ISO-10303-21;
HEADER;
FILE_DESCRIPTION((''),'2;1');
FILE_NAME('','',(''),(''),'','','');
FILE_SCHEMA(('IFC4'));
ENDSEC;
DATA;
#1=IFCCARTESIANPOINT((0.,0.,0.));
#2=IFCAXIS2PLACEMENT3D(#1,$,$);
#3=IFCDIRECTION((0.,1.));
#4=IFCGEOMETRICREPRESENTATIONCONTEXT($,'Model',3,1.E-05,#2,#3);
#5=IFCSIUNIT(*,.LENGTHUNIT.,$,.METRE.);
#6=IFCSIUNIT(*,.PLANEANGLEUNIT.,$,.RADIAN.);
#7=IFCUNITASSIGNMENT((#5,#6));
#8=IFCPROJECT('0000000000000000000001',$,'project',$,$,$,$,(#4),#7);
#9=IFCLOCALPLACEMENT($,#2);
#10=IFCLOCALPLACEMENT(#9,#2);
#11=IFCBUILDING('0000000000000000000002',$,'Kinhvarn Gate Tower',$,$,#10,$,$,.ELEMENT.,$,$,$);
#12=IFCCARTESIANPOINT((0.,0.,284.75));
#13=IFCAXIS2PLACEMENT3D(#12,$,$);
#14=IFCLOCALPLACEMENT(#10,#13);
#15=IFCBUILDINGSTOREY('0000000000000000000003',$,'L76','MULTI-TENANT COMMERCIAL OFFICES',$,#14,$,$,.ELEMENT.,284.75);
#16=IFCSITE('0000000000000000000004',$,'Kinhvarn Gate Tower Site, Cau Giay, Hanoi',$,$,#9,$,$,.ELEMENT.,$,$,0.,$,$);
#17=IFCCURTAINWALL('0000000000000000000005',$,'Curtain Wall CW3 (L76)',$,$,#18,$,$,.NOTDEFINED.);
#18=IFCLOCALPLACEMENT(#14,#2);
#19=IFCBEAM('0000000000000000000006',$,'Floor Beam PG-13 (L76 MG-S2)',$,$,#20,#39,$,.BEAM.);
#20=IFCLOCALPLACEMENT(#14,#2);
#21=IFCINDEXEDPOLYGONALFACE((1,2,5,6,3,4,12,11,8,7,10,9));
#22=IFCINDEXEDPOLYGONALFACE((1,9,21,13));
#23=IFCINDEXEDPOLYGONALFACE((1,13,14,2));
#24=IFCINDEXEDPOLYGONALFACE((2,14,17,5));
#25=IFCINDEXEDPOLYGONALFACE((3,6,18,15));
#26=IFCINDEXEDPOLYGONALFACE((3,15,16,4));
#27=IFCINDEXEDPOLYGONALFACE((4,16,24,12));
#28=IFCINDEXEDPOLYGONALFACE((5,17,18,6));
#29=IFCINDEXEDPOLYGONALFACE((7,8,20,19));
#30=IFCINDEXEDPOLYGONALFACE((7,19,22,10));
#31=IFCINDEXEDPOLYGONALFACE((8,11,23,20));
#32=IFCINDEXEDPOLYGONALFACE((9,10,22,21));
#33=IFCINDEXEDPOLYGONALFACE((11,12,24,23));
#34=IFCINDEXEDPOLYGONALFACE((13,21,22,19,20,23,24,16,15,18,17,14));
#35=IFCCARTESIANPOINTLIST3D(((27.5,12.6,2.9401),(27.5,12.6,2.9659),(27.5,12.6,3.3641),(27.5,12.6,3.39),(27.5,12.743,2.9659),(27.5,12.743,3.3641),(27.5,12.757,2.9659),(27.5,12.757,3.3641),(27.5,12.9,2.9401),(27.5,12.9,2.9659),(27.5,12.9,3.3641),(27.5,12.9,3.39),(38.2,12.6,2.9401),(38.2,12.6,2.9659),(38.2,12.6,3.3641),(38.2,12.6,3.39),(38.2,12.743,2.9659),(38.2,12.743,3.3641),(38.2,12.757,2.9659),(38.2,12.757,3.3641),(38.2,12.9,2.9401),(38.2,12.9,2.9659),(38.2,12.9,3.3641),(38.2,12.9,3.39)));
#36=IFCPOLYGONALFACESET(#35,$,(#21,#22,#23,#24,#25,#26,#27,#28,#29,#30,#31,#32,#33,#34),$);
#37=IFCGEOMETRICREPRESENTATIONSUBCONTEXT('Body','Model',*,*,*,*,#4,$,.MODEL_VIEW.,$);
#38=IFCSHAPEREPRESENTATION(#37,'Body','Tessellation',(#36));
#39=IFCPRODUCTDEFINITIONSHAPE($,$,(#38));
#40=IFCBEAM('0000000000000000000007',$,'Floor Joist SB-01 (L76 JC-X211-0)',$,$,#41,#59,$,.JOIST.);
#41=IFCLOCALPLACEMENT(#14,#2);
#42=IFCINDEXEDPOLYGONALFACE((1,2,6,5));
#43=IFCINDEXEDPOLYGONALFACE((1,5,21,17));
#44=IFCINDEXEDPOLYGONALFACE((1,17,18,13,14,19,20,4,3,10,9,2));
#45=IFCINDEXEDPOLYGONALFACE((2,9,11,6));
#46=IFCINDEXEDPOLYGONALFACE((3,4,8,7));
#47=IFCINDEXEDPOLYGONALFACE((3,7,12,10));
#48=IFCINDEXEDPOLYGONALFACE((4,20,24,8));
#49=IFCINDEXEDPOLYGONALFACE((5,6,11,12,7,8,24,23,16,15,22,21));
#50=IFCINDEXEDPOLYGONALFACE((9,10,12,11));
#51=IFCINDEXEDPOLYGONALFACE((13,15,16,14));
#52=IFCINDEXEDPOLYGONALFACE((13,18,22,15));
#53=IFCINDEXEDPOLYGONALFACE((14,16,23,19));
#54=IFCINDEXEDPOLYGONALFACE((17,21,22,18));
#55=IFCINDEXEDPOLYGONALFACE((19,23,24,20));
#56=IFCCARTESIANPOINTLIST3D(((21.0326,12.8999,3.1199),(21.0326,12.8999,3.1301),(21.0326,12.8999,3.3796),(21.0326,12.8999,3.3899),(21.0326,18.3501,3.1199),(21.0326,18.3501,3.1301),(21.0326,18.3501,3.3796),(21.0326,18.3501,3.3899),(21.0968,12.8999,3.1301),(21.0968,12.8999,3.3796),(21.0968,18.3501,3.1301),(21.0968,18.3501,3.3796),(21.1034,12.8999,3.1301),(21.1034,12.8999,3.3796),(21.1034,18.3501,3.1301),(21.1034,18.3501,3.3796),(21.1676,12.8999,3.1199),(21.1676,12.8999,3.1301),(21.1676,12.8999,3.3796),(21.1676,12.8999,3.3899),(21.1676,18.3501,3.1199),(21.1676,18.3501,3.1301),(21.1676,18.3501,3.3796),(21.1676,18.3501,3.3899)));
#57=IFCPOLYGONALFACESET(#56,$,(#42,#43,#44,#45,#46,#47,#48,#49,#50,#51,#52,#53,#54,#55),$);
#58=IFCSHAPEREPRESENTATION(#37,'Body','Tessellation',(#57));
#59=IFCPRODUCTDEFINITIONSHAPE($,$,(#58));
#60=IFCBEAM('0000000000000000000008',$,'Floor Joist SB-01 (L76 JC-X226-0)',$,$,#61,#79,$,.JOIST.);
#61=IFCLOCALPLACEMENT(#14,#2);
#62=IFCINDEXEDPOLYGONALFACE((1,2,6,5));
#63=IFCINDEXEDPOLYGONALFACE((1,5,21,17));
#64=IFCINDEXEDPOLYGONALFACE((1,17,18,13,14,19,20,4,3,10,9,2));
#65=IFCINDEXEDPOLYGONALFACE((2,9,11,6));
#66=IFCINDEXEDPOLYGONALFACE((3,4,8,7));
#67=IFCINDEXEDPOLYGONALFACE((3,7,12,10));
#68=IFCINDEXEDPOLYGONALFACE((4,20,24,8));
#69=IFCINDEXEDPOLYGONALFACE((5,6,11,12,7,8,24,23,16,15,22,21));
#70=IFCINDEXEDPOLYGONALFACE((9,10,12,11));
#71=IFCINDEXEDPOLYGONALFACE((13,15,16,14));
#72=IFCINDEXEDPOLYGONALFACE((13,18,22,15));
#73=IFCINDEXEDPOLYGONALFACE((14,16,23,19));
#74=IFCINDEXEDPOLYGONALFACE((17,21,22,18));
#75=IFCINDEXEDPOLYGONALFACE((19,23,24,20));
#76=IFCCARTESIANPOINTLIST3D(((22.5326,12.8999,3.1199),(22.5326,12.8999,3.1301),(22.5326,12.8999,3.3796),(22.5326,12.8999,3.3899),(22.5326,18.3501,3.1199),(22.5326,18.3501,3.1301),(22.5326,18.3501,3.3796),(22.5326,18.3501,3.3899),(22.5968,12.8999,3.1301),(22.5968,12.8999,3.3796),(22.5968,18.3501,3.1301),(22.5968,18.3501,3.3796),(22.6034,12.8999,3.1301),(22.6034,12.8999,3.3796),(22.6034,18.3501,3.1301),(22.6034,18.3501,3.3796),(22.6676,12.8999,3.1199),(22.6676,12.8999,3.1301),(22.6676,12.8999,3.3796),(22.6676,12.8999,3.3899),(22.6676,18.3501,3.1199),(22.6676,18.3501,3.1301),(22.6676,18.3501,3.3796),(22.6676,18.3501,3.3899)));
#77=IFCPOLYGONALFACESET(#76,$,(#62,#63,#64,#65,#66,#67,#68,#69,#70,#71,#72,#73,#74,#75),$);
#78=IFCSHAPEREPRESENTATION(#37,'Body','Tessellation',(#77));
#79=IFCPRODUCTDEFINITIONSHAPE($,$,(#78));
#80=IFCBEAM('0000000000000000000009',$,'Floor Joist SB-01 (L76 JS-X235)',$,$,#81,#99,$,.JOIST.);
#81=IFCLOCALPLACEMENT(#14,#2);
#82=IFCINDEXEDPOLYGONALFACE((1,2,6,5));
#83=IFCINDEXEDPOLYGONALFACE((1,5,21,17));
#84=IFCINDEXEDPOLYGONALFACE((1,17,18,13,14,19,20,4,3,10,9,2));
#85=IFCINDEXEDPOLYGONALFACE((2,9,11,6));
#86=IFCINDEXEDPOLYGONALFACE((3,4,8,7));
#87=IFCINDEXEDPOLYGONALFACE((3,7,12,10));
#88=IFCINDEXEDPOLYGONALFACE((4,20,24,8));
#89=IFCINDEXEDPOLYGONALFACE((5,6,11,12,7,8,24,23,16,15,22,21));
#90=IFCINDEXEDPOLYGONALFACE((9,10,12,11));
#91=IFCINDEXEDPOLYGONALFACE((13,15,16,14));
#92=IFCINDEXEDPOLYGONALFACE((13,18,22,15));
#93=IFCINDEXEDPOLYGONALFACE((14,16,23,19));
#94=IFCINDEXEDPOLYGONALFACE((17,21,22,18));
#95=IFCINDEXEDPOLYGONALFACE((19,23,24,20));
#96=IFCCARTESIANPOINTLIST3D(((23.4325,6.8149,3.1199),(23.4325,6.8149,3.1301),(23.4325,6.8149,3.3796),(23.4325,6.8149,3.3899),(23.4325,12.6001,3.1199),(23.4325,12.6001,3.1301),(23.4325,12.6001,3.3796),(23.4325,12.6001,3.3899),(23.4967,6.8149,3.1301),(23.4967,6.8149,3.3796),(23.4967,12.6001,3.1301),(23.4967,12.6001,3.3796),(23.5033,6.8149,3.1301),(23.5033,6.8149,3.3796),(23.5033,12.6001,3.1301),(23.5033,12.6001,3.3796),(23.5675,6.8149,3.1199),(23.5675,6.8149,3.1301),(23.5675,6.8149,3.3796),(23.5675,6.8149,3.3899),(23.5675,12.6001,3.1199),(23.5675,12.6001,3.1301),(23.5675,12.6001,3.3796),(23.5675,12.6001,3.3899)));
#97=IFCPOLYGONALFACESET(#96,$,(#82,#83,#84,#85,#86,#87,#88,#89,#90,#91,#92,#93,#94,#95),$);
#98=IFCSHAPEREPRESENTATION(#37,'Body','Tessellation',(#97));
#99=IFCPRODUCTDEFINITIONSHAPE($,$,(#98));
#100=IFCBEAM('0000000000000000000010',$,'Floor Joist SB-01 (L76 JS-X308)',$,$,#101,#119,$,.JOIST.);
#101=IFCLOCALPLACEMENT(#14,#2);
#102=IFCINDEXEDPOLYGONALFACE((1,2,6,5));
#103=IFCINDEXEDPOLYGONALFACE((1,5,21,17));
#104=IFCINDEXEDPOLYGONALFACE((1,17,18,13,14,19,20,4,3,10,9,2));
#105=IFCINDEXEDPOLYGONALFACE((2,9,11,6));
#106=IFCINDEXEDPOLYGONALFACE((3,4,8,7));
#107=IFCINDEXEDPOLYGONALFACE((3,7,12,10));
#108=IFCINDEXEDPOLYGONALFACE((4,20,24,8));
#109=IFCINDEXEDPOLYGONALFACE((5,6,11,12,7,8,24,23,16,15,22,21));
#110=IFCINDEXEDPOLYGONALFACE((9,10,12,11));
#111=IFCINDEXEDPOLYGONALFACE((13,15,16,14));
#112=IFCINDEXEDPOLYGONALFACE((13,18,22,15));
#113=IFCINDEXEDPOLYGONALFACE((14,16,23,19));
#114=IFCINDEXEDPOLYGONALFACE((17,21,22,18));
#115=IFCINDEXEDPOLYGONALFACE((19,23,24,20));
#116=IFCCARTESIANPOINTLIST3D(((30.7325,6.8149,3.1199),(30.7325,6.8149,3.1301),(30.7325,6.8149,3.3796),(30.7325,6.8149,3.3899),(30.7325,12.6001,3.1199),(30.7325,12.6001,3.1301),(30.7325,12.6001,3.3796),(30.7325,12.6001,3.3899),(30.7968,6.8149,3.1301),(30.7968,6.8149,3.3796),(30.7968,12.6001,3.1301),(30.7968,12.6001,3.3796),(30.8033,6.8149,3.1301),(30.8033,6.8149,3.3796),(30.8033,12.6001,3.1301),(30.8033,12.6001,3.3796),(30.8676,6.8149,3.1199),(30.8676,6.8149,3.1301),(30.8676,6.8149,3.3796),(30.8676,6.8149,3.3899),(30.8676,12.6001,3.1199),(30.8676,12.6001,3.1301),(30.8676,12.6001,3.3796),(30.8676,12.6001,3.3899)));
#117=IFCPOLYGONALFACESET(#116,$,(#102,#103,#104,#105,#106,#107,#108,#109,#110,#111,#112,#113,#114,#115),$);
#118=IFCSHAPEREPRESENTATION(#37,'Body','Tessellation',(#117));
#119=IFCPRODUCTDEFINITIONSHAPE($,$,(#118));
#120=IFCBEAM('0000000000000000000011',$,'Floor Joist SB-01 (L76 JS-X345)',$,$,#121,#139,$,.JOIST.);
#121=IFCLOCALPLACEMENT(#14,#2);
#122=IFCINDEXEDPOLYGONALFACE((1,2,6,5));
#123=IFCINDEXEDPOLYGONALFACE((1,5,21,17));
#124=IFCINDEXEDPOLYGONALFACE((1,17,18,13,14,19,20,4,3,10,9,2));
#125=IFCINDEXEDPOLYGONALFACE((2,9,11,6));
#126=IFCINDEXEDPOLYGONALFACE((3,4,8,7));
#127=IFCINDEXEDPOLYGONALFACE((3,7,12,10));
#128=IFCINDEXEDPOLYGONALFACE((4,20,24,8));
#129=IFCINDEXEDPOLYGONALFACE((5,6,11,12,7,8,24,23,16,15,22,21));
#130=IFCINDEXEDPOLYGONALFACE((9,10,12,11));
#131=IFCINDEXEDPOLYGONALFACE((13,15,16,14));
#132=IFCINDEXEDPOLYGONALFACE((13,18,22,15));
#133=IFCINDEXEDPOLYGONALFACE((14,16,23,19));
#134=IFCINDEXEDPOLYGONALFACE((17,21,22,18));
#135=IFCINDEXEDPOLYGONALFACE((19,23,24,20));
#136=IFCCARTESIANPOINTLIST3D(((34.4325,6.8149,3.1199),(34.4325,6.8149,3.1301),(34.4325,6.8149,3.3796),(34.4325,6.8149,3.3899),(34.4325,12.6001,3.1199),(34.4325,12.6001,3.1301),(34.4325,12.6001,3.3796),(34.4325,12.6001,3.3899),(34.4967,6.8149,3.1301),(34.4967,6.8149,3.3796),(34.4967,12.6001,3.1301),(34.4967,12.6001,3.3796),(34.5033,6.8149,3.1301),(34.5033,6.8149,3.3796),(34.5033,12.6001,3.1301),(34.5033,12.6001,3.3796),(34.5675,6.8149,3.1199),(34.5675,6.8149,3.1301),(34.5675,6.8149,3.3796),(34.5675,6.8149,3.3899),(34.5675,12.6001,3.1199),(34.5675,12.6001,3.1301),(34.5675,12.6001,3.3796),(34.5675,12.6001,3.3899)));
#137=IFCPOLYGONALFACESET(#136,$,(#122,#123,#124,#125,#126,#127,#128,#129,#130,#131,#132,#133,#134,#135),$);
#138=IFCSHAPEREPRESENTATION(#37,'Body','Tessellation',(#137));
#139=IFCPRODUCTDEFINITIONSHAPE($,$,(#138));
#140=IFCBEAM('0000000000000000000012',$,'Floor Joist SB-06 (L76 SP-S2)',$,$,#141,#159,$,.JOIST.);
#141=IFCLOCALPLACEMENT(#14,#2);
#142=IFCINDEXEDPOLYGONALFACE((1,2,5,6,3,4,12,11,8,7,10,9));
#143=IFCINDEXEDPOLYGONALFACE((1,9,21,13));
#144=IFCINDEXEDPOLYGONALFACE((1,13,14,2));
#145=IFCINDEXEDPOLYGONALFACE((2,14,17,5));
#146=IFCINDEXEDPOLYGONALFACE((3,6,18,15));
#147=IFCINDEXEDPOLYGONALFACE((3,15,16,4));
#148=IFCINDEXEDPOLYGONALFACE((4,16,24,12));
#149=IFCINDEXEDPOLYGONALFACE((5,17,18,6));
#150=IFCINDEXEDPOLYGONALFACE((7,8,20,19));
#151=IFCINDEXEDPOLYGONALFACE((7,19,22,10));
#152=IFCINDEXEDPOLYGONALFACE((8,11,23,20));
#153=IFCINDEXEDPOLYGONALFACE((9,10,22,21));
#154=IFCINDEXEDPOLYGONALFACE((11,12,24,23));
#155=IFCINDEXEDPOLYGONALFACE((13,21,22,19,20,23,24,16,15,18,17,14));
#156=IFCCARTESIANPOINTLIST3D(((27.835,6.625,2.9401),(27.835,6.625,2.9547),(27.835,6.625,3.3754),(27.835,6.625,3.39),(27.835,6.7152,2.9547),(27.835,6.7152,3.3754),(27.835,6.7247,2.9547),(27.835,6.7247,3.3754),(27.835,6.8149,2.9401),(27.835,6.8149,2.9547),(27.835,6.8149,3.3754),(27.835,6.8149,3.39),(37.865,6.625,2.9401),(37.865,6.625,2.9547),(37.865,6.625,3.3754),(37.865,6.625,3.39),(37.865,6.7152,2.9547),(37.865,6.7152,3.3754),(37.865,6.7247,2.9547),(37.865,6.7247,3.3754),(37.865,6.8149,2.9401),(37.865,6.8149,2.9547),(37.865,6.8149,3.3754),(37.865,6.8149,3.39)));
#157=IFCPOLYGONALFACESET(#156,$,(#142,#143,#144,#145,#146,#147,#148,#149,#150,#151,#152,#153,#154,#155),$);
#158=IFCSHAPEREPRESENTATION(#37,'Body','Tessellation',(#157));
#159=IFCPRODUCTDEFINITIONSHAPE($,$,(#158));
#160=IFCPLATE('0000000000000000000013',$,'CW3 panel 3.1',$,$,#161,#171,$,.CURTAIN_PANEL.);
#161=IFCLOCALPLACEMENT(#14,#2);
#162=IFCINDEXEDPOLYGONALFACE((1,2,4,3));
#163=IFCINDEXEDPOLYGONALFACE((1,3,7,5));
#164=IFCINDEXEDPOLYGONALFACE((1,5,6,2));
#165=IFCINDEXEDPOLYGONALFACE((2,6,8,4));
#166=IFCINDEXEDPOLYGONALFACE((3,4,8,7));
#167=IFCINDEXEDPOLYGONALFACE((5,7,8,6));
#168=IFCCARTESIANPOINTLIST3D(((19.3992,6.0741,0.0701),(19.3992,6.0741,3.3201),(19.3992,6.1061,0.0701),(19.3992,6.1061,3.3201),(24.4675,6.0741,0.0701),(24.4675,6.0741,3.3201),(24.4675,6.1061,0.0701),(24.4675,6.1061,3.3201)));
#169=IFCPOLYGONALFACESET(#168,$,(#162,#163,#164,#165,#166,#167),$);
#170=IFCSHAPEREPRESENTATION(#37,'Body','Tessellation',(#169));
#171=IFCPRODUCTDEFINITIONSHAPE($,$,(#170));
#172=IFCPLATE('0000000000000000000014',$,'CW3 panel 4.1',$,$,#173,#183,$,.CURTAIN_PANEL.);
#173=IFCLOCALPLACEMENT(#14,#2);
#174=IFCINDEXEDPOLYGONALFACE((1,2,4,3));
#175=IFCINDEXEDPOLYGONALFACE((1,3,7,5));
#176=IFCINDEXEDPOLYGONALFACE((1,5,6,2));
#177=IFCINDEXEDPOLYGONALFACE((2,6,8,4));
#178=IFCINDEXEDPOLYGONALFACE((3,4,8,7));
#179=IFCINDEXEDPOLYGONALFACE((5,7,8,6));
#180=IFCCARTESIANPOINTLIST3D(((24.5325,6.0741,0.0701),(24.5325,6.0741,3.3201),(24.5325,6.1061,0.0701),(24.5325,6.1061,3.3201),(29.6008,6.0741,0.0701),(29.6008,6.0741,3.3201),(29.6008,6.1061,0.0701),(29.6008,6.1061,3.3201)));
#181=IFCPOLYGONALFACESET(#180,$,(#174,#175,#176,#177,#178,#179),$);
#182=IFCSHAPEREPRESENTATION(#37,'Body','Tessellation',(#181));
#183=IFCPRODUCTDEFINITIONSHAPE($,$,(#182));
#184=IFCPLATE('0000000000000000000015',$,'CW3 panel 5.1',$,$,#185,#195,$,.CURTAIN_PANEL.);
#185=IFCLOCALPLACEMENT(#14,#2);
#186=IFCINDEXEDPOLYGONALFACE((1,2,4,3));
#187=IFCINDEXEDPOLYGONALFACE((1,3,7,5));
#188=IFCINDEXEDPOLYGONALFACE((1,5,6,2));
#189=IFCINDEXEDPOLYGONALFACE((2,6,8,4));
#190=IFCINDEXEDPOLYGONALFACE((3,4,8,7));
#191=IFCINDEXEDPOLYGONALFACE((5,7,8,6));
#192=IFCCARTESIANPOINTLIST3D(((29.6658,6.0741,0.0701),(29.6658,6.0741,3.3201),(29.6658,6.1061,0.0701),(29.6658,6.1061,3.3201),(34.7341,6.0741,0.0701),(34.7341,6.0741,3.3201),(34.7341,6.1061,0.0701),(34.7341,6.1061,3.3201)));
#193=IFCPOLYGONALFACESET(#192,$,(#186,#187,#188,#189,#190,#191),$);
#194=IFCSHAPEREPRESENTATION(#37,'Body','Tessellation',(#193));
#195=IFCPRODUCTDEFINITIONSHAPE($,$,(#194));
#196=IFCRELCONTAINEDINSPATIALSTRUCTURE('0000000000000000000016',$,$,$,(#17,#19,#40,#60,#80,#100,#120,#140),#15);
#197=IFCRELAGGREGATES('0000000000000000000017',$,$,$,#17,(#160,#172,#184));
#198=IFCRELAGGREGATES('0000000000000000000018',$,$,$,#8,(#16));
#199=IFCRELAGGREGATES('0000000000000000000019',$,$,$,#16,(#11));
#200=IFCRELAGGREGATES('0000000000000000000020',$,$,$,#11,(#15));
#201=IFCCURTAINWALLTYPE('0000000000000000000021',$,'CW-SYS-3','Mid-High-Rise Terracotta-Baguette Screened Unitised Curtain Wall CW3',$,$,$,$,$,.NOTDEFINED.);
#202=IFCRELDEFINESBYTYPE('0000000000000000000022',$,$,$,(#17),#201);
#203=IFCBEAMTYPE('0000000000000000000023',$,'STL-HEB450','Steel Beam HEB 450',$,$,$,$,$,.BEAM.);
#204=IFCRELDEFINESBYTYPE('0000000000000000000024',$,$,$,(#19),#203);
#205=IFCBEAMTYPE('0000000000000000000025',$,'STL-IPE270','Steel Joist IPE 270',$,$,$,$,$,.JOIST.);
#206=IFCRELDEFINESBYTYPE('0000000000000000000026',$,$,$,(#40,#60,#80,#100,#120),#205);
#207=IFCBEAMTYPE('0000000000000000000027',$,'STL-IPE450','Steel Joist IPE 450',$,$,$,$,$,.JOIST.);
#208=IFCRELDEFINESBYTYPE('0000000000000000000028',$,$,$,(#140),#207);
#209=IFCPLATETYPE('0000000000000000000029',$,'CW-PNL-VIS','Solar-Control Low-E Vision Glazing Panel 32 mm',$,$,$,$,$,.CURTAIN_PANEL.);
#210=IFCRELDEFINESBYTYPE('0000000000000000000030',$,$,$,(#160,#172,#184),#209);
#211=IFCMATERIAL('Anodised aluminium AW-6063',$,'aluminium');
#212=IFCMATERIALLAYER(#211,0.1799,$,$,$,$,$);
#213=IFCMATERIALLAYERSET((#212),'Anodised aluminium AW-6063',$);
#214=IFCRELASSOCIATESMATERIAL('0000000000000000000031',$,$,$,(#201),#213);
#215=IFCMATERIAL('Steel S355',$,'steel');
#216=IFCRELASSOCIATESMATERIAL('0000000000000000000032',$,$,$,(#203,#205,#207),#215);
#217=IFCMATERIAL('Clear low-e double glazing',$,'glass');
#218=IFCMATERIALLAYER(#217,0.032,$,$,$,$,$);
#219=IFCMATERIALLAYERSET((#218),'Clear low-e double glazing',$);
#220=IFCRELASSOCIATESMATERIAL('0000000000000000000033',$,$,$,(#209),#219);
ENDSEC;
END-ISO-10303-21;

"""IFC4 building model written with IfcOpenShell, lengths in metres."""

from ifc_helpers import new_model, si_unit, direction, frame, origin, origin_2d, place, context, subcontext, project, spatial, rectangle, i_section, extrude, material, layer, layer_set, material_profile, profile_set, type_object, element, aggregate, save


model = new_model("IFC4")

# Units and contexts
model_context = context("Model", 3, precision=1e-05, world=origin(), true_north=direction((0.0, 1.0)))
body_context = subcontext(model_context, "Body", "Model", "MODEL_VIEW")
ifc_project = project(units=[si_unit("LENGTHUNIT", "METRE"), si_unit("PLANEANGLEUNIT", "RADIAN")], contexts=[model_context])

# Site, building, storey
site_placement = place(None, origin())
site = spatial("IfcSite", under=ifc_project, at=site_placement, Name="Kinhvarn Gate Tower Site, Cau Giay, Hanoi", CompositionType="ELEMENT", RefElevation=0.0)
building_placement = place(site_placement, origin())
building = spatial("IfcBuilding", under=site, at=building_placement, Name="Kinhvarn Gate Tower", CompositionType="ELEMENT")
storey_placement = place(building_placement, frame((0.0, 0.0, 284.75)))
storey = spatial("IfcBuildingStorey", under=building, at=storey_placement, Name="L76", Description="MULTI-TENANT COMMERCIAL OFFICES", CompositionType="ELEMENT", Elevation=284.75)

# Curtain wall
ifc_material_1 = material(Name="Anodised aluminium AW-6063", Category="aluminium")
ifc_layer_1 = layer(ifc_material_1, 0.1799)
ifc_layer_set_1 = layer_set([ifc_layer_1], Name="Anodised aluminium AW-6063")
curtain_wall_type = type_object("IfcCurtainWallType", Name="CW-SYS-3", Description="Mid-High-Rise Terracotta-Baguette Screened Unitised Curtain Wall CW3", PredefinedType="NOTDEFINED", material=ifc_layer_set_1)
curtain_wall_placement = place(storey_placement, origin())
curtain_wall = element("IfcCurtainWall", 1, at=curtain_wall_placement, inside=storey, type_object=curtain_wall_type, Name="Curtain Wall CW3 (L76)", PredefinedType="NOTDEFINED")

# Beams
ifc_material_2 = material(Name="Steel S355", Category="steel")
ifc_material_profile_1 = material_profile(ifc_material_2, i_section(OverallWidth=0.3, OverallDepth=0.45, WebThickness=0.0139, FlangeThickness=0.0259, at=origin_2d()), Name="HEB 450")
ifc_profile_set_1 = profile_set([ifc_material_profile_1], Name="Steel S355")
beam_type_1 = type_object("IfcBeamType", Name="STL-HEB450", Description="Steel Beam HEB 450", PredefinedType="BEAM", material=ifc_profile_set_1)
beam_1_placement = place(storey_placement, frame((27.5, 12.75, 3.165), z_axis=(1.0, 0.0, 0.0), x_axis=(0.0, 1.0, 0.0)))
element("IfcBeam", 2, at=beam_1_placement, inside=storey, type_object=beam_type_1, Name="Floor Beam PG-13 (L76 MG-S2)", PredefinedType="BEAM", context=body_context, shape_type="SweptSolid", body=[
    extrude(i_section(OverallWidth=0.3, OverallDepth=0.45, WebThickness=0.0139, FlangeThickness=0.0259, at=origin_2d()), origin(), (0.0, 0.0, 1.0), 10.7),
])
ifc_material_profile_2 = material_profile(ifc_material_2, i_section(OverallWidth=0.135, OverallDepth=0.27, WebThickness=0.0066, FlangeThickness=0.0103, at=origin_2d()), Name="IPE 270")
ifc_profile_set_2 = profile_set([ifc_material_profile_2], Name="Steel S355")
beam_type_2 = type_object("IfcBeamType", Name="STL-IPE270", Description="Steel Joist IPE 270", PredefinedType="JOIST", material=ifc_profile_set_2)
for number, where, z_axis, x_axis, name in (
    (3, (21.1001, 12.8999, 3.2549), (0.0, 1.0, 0.0), (-1.0, 0.0, 0.0), "Floor Joist SB-01 (L76 JC-X211-0)"),
    (4, (22.6001, 12.8999, 3.2549), (0.0, 1.0, 0.0), (-1.0, 0.0, 0.0), "Floor Joist SB-01 (L76 JC-X226-0)"),
):
    element("IfcBeam", number, at=place(storey_placement, frame(where, z_axis=z_axis, x_axis=x_axis)), inside=storey, type_object=beam_type_2, Name=name, PredefinedType="JOIST", context=body_context, shape_type="SweptSolid", body=[
        extrude(i_section(OverallWidth=0.135, OverallDepth=0.27, WebThickness=0.0066, FlangeThickness=0.0103, at=origin_2d()), origin(), (0.0, 0.0, 1.0), 5.4502),
    ])
for number, where, z_axis, x_axis, name in (
    (5, (23.5, 6.8149, 3.2549), (0.0, 1.0, 0.0), (-1.0, 0.0, 0.0), "Floor Joist SB-01 (L76 JS-X235)"),
    (6, (30.8, 6.8149, 3.2549), (0.0, 1.0, 0.0), (-1.0, 0.0, 0.0), "Floor Joist SB-01 (L76 JS-X308)"),
    (7, (34.5, 6.8149, 3.2549), (0.0, 1.0, 0.0), (-1.0, 0.0, 0.0), "Floor Joist SB-01 (L76 JS-X345)"),
):
    element("IfcBeam", number, at=place(storey_placement, frame(where, z_axis=z_axis, x_axis=x_axis)), inside=storey, type_object=beam_type_2, Name=name, PredefinedType="JOIST", context=body_context, shape_type="SweptSolid", body=[
        extrude(i_section(OverallWidth=0.135, OverallDepth=0.27, WebThickness=0.0066, FlangeThickness=0.0103, at=origin_2d()), origin(), (0.0, 0.0, 1.0), 5.7852),
    ])
ifc_material_profile_3 = material_profile(ifc_material_2, i_section(OverallWidth=0.1899, OverallDepth=0.45, WebThickness=0.0095, FlangeThickness=0.0146, at=origin_2d()), Name="IPE 450")
ifc_profile_set_3 = profile_set([ifc_material_profile_3], Name="Steel S355")
beam_type_3 = type_object("IfcBeamType", Name="STL-IPE450", Description="Steel Joist IPE 450", PredefinedType="JOIST", material=ifc_profile_set_3)
beam_2_placement = place(storey_placement, frame((27.835, 6.72, 3.165), z_axis=(1.0, 0.0, 0.0), x_axis=(0.0, 1.0, 0.0)))
element("IfcBeam", 8, at=beam_2_placement, inside=storey, type_object=beam_type_3, Name="Floor Joist SB-06 (L76 SP-S2)", PredefinedType="JOIST", context=body_context, shape_type="SweptSolid", body=[
    extrude(i_section(OverallWidth=0.1899, OverallDepth=0.45, WebThickness=0.0095, FlangeThickness=0.0146, at=origin_2d()), origin(), (0.0, 0.0, 1.0), 10.03),
])

# Plates
ifc_material_3 = material(Name="Clear low-e double glazing", Category="glass")
ifc_layer_2 = layer(ifc_material_3, 0.032)
ifc_layer_set_2 = layer_set([ifc_layer_2], Name="Clear low-e double glazing")
plate_type = type_object("IfcPlateType", Name="CW-PNL-VIS", Description="Solar-Control Low-E Vision Glazing Panel 32 mm", PredefinedType="CURTAIN_PANEL", material=ifc_layer_set_2)
plate_1_placement = place(storey_placement, frame((21.9333, 6.0901, 0.0701), z_axis=(0.0, 0.0, 1.0), x_axis=(1.0, 0.0, 0.0)))
plate_1 = element("IfcPlate", 9, at=plate_1_placement, type_object=plate_type, Name="CW3 panel 3.1", PredefinedType="CURTAIN_PANEL", context=body_context, shape_type="SweptSolid", body=[
    extrude(rectangle(XDim=5.0684, YDim=0.032, at=origin_2d()), origin(), (0.0, 0.0, 1.0), 3.25),
])
plate_2_placement = place(storey_placement, frame((27.0667, 6.0901, 0.0701), z_axis=(0.0, 0.0, 1.0), x_axis=(1.0, 0.0, 0.0)))
plate_2 = element("IfcPlate", 10, at=plate_2_placement, type_object=plate_type, Name="CW3 panel 4.1", PredefinedType="CURTAIN_PANEL", context=body_context, shape_type="SweptSolid", body=[
    extrude(rectangle(XDim=5.0684, YDim=0.032, at=origin_2d()), origin(), (0.0, 0.0, 1.0), 3.25),
])
plate_3_placement = place(storey_placement, frame((32.2, 6.0901, 0.0701), z_axis=(0.0, 0.0, 1.0), x_axis=(1.0, 0.0, 0.0)))
plate_3 = element("IfcPlate", 11, at=plate_3_placement, type_object=plate_type, Name="CW3 panel 5.1", PredefinedType="CURTAIN_PANEL", context=body_context, shape_type="SweptSolid", body=[
    extrude(rectangle(XDim=5.0684, YDim=0.032, at=origin_2d()), origin(), (0.0, 0.0, 1.0), 3.25),
])
aggregate(curtain_wall, [plate_1, plate_2, plate_3])

save(model, "model.ifc")
